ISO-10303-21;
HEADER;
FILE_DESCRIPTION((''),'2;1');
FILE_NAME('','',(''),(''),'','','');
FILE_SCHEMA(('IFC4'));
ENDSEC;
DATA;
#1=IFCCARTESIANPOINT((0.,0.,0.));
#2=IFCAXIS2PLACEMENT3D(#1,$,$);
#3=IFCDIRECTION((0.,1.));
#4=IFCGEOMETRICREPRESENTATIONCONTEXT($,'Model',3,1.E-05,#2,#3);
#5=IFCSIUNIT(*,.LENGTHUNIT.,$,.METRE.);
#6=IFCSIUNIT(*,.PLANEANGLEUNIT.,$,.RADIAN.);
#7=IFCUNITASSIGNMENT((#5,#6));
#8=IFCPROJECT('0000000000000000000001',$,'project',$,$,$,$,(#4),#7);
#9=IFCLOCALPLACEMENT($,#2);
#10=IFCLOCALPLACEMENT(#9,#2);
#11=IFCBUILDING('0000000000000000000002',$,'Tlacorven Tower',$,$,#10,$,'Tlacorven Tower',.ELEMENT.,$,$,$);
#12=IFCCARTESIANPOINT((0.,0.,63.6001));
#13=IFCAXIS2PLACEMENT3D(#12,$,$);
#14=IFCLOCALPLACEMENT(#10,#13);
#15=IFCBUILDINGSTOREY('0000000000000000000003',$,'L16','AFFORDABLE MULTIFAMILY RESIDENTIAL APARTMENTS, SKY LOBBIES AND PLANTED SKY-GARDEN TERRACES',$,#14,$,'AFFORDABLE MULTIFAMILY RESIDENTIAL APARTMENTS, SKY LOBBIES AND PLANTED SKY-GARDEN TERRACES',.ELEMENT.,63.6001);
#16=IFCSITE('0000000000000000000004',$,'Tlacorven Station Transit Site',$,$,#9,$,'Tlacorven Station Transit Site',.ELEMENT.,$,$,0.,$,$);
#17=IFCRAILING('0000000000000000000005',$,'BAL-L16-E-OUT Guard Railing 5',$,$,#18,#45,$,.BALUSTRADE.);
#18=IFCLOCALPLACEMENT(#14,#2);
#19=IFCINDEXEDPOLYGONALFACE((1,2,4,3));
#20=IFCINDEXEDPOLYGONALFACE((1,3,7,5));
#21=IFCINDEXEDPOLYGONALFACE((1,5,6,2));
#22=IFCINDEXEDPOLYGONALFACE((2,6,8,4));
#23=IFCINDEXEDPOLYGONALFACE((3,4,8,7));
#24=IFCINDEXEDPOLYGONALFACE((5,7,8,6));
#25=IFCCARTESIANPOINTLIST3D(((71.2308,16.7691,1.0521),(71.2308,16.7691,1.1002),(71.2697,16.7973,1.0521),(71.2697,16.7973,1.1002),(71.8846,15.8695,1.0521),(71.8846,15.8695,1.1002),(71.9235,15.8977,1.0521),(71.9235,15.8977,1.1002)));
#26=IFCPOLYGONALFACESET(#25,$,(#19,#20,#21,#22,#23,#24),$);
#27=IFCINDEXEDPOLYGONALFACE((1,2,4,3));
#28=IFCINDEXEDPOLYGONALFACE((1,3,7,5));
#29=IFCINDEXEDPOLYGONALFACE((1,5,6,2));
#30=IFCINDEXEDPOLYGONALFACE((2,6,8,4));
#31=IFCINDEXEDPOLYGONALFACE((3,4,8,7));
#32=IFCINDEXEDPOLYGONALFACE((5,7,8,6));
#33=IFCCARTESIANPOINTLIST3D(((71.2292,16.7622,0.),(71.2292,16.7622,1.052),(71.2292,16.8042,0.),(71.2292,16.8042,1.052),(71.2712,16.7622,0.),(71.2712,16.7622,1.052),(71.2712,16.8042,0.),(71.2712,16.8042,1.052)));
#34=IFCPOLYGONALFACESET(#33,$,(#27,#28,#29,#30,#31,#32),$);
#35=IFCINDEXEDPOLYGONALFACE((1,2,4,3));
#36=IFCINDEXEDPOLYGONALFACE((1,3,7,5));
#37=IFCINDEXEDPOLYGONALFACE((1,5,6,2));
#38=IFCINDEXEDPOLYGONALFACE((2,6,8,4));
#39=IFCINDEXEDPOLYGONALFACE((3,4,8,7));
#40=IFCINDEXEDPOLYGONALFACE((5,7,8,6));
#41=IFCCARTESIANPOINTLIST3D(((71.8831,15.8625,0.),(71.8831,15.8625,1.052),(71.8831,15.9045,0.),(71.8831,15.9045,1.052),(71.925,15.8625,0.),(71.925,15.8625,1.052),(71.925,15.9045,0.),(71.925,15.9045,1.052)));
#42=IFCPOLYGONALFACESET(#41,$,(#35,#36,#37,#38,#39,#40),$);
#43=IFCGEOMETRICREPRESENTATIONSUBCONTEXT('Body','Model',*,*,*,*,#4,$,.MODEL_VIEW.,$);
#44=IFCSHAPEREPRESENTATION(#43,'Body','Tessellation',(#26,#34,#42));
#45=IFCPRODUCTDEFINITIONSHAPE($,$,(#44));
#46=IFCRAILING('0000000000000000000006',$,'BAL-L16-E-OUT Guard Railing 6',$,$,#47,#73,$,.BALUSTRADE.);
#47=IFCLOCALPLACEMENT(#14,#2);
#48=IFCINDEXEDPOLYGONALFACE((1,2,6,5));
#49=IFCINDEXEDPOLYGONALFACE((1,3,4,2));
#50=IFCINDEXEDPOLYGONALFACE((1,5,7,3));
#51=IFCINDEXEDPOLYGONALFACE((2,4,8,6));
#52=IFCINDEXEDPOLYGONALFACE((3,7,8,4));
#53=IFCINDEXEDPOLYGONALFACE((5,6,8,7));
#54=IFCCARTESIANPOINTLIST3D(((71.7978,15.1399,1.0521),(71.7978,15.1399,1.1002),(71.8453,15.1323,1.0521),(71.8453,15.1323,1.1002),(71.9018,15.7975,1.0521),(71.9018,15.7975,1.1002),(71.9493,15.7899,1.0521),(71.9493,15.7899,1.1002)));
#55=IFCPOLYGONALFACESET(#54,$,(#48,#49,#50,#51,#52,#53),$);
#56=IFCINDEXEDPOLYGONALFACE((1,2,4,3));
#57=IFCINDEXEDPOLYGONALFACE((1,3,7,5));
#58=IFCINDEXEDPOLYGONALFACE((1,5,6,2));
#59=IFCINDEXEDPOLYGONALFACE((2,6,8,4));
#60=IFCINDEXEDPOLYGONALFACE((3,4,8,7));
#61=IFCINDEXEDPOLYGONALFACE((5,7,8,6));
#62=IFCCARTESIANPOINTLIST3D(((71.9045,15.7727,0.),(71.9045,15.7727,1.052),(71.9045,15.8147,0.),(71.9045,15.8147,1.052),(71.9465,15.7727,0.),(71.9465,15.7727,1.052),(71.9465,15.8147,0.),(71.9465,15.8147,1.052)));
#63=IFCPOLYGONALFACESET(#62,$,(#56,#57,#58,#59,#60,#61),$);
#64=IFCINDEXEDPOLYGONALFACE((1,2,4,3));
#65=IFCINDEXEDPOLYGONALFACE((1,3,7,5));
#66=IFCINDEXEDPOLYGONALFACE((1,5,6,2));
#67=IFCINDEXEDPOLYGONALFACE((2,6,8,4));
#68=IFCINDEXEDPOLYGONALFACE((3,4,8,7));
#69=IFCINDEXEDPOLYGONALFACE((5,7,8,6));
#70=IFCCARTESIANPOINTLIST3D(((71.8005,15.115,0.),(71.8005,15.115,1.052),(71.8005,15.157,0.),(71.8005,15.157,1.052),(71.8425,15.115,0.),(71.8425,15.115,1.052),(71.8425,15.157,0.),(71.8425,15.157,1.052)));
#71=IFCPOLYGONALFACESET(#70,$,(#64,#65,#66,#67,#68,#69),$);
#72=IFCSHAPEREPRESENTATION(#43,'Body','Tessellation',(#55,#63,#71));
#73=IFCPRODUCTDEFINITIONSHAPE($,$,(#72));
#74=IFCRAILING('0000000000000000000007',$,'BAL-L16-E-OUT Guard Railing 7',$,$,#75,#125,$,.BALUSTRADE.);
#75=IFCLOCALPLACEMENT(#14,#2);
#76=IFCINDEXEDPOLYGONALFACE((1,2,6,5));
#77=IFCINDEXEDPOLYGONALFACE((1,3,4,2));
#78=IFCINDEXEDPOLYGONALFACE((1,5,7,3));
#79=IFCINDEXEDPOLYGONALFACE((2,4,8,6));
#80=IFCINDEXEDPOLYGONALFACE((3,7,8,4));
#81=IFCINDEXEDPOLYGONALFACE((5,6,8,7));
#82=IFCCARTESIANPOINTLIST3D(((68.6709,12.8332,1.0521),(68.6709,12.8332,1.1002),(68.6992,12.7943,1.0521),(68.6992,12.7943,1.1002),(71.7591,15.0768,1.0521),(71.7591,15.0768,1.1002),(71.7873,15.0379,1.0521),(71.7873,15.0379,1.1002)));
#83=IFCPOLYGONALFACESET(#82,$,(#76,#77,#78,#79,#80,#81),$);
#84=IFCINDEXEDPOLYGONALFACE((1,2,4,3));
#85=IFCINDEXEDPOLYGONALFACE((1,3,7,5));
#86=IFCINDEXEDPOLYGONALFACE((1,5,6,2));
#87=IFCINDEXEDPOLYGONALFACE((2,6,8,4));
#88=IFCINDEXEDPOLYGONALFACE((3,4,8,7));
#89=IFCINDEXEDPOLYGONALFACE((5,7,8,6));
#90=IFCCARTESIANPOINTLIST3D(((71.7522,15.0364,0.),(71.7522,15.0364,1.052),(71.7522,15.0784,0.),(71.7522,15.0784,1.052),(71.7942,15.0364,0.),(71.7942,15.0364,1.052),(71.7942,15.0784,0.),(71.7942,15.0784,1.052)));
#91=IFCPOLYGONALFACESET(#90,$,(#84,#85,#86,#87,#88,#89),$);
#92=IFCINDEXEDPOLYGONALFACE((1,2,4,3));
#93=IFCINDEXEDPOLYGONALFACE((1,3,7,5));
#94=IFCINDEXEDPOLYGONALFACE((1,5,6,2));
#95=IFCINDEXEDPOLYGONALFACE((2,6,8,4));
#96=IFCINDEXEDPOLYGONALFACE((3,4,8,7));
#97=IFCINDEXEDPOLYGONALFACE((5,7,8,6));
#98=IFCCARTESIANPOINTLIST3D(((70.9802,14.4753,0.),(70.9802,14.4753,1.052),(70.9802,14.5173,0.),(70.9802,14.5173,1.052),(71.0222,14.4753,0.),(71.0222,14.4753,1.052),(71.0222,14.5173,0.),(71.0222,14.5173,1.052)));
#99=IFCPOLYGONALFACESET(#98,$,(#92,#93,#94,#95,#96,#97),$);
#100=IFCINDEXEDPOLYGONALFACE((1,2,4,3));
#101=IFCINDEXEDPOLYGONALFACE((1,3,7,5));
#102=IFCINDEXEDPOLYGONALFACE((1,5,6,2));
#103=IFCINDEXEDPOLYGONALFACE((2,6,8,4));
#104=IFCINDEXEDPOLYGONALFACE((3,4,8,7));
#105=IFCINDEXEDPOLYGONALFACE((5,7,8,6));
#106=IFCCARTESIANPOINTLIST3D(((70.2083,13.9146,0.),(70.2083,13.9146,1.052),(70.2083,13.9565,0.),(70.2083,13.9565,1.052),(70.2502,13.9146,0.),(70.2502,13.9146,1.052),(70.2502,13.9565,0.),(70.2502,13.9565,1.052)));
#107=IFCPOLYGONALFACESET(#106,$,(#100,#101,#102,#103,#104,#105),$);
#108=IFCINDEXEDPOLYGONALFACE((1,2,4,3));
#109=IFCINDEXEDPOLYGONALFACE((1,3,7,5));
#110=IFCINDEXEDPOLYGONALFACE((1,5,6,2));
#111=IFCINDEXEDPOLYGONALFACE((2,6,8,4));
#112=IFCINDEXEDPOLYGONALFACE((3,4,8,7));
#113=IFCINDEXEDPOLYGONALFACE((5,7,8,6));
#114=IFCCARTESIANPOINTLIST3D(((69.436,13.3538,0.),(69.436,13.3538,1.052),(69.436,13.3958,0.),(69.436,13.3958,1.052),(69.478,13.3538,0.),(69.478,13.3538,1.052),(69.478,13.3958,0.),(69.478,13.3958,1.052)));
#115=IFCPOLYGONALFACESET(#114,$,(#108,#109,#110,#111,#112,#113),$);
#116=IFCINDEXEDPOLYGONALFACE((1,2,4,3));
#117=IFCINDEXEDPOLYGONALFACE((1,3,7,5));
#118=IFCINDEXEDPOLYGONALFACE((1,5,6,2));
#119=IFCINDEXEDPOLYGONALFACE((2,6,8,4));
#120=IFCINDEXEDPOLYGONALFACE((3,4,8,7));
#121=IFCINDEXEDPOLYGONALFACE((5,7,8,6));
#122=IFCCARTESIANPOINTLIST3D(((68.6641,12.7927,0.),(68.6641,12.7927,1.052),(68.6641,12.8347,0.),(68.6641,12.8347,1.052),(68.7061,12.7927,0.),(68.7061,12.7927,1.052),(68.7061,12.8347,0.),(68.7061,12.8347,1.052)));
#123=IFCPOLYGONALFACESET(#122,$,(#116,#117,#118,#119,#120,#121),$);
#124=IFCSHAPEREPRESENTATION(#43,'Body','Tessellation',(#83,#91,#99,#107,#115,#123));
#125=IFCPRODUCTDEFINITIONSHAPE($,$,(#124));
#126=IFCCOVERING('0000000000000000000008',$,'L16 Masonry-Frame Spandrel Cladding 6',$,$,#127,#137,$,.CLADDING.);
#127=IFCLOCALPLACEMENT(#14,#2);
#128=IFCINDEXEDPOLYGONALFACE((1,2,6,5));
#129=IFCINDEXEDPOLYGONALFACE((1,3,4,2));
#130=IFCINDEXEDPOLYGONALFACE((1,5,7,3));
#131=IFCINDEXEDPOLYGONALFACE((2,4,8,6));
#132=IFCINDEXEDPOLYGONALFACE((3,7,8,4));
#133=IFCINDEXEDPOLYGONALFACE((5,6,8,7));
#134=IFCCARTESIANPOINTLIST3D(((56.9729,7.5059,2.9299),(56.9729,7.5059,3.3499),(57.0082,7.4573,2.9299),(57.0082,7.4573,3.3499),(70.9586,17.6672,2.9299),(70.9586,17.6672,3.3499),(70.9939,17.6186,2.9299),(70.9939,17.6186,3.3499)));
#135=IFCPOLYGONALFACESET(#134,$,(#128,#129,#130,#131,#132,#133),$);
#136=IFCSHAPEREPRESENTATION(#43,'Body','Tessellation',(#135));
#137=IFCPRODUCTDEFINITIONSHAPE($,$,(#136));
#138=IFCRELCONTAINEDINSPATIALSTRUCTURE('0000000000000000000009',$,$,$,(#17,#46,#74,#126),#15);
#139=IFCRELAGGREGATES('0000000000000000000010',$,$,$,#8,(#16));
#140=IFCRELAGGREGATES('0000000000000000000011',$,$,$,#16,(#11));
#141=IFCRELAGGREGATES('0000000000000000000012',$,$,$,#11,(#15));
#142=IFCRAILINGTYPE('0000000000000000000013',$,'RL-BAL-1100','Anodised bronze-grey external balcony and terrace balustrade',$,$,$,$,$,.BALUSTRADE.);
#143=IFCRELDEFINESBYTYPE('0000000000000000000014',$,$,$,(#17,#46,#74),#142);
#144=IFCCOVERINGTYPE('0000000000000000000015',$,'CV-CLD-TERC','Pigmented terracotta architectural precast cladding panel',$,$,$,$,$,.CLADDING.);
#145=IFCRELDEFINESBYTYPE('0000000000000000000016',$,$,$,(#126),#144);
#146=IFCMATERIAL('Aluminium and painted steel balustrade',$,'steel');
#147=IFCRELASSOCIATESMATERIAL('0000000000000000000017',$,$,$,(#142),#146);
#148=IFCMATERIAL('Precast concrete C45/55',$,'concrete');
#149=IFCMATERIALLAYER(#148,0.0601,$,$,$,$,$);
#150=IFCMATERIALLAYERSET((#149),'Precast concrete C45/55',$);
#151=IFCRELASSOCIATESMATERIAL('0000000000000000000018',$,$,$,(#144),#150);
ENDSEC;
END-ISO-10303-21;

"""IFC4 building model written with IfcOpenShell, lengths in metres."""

from ifc_helpers import new_model, si_unit, direction, frame, origin, origin_2d, place, context, subcontext, project, spatial, rectangle, extrude, source, transform, mapped, material, layer, layer_set, type_object, element, save


model = new_model("IFC4")

# Units and contexts
model_context = context("Model", 3, precision=1e-05, world=origin(), true_north=direction((0.0, 1.0)))
body_context = subcontext(model_context, "Body", "Model", "MODEL_VIEW")
ifc_project = project(units=[si_unit("LENGTHUNIT", "METRE"), si_unit("PLANEANGLEUNIT", "RADIAN")], contexts=[model_context])

# Site, building, storey
site_placement = place(None, origin())
site = spatial("IfcSite", under=ifc_project, at=site_placement, Name="Tlacorven Station Transit Site", LongName="Tlacorven Station Transit Site", CompositionType="ELEMENT", RefElevation=0.0)
building_placement = place(site_placement, origin())
building = spatial("IfcBuilding", under=site, at=building_placement, Name="Tlacorven Tower", LongName="Tlacorven Tower", CompositionType="ELEMENT")
storey_placement = place(building_placement, frame((0.0, 0.0, 63.6001)))
storey = spatial("IfcBuildingStorey", under=building, at=storey_placement, Name="L16", Description="AFFORDABLE MULTIFAMILY RESIDENTIAL APARTMENTS, SKY LOBBIES AND PLANTED SKY-GARDEN TERRACES", LongName="AFFORDABLE MULTIFAMILY RESIDENTIAL APARTMENTS, SKY LOBBIES AND PLANTED SKY-GARDEN TERRACES", CompositionType="ELEMENT", Elevation=63.6001)

# Shared definitions
ifc_material_1 = material(Name="Precast concrete C45/55", Category="concrete")

# Railings
ifc_material_2 = material(Name="Aluminium and painted steel balustrade", Category="steel")
railing_type = type_object("IfcRailingType", Name="RL-BAL-1100", Description="Anodised bronze-grey external balcony and terrace balustrade", PredefinedType="BALUSTRADE", material=ifc_material_2)
shared_shape_1 = source(origin(), body_context, "Body", "SweptSolid", [
    extrude(rectangle(XDim=0.0481, YDim=0.0481, at=origin_2d()), frame((0.0, 0.0, 1.0762), z_axis=(0.587884, -0.808945, 0.0), x_axis=(0.808945, 0.587884, 0.0)), (0.0, 0.0, 1.0), 1.1121),
    extrude(rectangle(XDim=0.042, YDim=0.042, at=origin_2d()), origin(), (0.0, 0.0, 1.0), 1.052),
    extrude(rectangle(XDim=0.042, YDim=0.042, at=origin_2d()), frame((0.6538, -0.8997, 0.0)), (0.0, 0.0, 1.0), 1.052),
])
railing_1_placement = place(storey_placement, frame((71.2502, 16.7832, 0.0)))
element("IfcRailing", 1, at=railing_1_placement, inside=storey, type_object=railing_type, Name="BAL-L16-E-OUT Guard Railing 5", PredefinedType="BALUSTRADE", context=body_context, shape_type="MappedRepresentation", body=[
    mapped(shared_shape_1, transform((0.0, 0.0, 0.0), scale=1.0)),
])
shared_shape_2 = source(origin(), body_context, "Body", "SweptSolid", [
    extrude(rectangle(XDim=0.0481, YDim=0.0481, at=origin_2d()), frame((0.0, 0.0, 1.0762), z_axis=(-0.156188, -0.987727, 0.0), x_axis=(0.987727, -0.156188, 0.0)), (0.0, 0.0, 1.0), 0.6658),
    extrude(rectangle(XDim=0.042, YDim=0.042, at=origin_2d()), origin(), (0.0, 0.0, 1.0), 1.052),
    extrude(rectangle(XDim=0.042, YDim=0.042, at=origin_2d()), frame((-0.104, -0.6577, 0.0)), (0.0, 0.0, 1.0), 1.052),
])
railing_2_placement = place(storey_placement, frame((71.9255, 15.7937, 0.0)))
element("IfcRailing", 2, at=railing_2_placement, inside=storey, type_object=railing_type, Name="BAL-L16-E-OUT Guard Railing 6", PredefinedType="BALUSTRADE", context=body_context, shape_type="MappedRepresentation", body=[
    mapped(shared_shape_2, transform((0.0, 0.0, 0.0), scale=1.0)),
])
shared_shape_3 = source(origin(), body_context, "Body", "SweptSolid", [
    extrude(rectangle(XDim=0.0481, YDim=0.0481, at=origin_2d()), frame((0.0, 0.0, 1.0762), z_axis=(-0.809018, -0.587784, 0.0), x_axis=(0.587784, -0.809018, 0.0)), (0.0, 0.0, 1.0), 3.8171),
    extrude(rectangle(XDim=0.042, YDim=0.042, at=origin_2d()), origin(), (0.0, 0.0, 1.0), 1.052),
    extrude(rectangle(XDim=0.042, YDim=0.042, at=origin_2d()), frame((-0.772, -0.561, 0.0)), (0.0, 0.0, 1.0), 1.052),
    extrude(rectangle(XDim=0.042, YDim=0.042, at=origin_2d()), frame((-1.5439, -1.1218, 0.0)), (0.0, 0.0, 1.0), 1.052),
    extrude(rectangle(XDim=0.042, YDim=0.042, at=origin_2d()), frame((-2.3162, -1.6826, 0.0)), (0.0, 0.0, 1.0), 1.052),
    extrude(rectangle(XDim=0.042, YDim=0.042, at=origin_2d()), frame((-3.0881, -2.2437, 0.0)), (0.0, 0.0, 1.0), 1.052),
])
railing_3_placement = place(storey_placement, frame((71.7732, 15.0574, 0.0)))
element("IfcRailing", 3, at=railing_3_placement, inside=storey, type_object=railing_type, Name="BAL-L16-E-OUT Guard Railing 7", PredefinedType="BALUSTRADE", context=body_context, shape_type="MappedRepresentation", body=[
    mapped(shared_shape_3, transform((0.0, 0.0, 0.0), scale=1.0)),
])

# Covering
ifc_layer_1 = layer(ifc_material_1, 0.0601)
ifc_layer_set_1 = layer_set([ifc_layer_1], Name="Precast concrete C45/55")
covering_type = type_object("IfcCoveringType", Name="CV-CLD-TERC", Description="Pigmented terracotta architectural precast cladding panel", PredefinedType="CLADDING", material=ifc_layer_set_1)
shared_shape_4 = source(origin(), body_context, "Body", "SweptSolid", [
    extrude(rectangle(XDim=17.2874, YDim=0.0601, at=origin_2d()), origin(), (0.0, 0.0, 1.0), 0.4199),
])
covering_placement = place(storey_placement, frame((63.9834, 12.5623, 2.9299), z_axis=(0.0, 0.0, 1.0), x_axis=(-0.809017, -0.587785, 0.0)))
element("IfcCovering", 4, at=covering_placement, inside=storey, type_object=covering_type, Name="L16 Masonry-Frame Spandrel Cladding 6", PredefinedType="CLADDING", context=body_context, shape_type="MappedRepresentation", body=[
    mapped(shared_shape_4, transform((0.0, 0.0, 0.0), scale=1.0)),
])

save(model, "model.ifc")
